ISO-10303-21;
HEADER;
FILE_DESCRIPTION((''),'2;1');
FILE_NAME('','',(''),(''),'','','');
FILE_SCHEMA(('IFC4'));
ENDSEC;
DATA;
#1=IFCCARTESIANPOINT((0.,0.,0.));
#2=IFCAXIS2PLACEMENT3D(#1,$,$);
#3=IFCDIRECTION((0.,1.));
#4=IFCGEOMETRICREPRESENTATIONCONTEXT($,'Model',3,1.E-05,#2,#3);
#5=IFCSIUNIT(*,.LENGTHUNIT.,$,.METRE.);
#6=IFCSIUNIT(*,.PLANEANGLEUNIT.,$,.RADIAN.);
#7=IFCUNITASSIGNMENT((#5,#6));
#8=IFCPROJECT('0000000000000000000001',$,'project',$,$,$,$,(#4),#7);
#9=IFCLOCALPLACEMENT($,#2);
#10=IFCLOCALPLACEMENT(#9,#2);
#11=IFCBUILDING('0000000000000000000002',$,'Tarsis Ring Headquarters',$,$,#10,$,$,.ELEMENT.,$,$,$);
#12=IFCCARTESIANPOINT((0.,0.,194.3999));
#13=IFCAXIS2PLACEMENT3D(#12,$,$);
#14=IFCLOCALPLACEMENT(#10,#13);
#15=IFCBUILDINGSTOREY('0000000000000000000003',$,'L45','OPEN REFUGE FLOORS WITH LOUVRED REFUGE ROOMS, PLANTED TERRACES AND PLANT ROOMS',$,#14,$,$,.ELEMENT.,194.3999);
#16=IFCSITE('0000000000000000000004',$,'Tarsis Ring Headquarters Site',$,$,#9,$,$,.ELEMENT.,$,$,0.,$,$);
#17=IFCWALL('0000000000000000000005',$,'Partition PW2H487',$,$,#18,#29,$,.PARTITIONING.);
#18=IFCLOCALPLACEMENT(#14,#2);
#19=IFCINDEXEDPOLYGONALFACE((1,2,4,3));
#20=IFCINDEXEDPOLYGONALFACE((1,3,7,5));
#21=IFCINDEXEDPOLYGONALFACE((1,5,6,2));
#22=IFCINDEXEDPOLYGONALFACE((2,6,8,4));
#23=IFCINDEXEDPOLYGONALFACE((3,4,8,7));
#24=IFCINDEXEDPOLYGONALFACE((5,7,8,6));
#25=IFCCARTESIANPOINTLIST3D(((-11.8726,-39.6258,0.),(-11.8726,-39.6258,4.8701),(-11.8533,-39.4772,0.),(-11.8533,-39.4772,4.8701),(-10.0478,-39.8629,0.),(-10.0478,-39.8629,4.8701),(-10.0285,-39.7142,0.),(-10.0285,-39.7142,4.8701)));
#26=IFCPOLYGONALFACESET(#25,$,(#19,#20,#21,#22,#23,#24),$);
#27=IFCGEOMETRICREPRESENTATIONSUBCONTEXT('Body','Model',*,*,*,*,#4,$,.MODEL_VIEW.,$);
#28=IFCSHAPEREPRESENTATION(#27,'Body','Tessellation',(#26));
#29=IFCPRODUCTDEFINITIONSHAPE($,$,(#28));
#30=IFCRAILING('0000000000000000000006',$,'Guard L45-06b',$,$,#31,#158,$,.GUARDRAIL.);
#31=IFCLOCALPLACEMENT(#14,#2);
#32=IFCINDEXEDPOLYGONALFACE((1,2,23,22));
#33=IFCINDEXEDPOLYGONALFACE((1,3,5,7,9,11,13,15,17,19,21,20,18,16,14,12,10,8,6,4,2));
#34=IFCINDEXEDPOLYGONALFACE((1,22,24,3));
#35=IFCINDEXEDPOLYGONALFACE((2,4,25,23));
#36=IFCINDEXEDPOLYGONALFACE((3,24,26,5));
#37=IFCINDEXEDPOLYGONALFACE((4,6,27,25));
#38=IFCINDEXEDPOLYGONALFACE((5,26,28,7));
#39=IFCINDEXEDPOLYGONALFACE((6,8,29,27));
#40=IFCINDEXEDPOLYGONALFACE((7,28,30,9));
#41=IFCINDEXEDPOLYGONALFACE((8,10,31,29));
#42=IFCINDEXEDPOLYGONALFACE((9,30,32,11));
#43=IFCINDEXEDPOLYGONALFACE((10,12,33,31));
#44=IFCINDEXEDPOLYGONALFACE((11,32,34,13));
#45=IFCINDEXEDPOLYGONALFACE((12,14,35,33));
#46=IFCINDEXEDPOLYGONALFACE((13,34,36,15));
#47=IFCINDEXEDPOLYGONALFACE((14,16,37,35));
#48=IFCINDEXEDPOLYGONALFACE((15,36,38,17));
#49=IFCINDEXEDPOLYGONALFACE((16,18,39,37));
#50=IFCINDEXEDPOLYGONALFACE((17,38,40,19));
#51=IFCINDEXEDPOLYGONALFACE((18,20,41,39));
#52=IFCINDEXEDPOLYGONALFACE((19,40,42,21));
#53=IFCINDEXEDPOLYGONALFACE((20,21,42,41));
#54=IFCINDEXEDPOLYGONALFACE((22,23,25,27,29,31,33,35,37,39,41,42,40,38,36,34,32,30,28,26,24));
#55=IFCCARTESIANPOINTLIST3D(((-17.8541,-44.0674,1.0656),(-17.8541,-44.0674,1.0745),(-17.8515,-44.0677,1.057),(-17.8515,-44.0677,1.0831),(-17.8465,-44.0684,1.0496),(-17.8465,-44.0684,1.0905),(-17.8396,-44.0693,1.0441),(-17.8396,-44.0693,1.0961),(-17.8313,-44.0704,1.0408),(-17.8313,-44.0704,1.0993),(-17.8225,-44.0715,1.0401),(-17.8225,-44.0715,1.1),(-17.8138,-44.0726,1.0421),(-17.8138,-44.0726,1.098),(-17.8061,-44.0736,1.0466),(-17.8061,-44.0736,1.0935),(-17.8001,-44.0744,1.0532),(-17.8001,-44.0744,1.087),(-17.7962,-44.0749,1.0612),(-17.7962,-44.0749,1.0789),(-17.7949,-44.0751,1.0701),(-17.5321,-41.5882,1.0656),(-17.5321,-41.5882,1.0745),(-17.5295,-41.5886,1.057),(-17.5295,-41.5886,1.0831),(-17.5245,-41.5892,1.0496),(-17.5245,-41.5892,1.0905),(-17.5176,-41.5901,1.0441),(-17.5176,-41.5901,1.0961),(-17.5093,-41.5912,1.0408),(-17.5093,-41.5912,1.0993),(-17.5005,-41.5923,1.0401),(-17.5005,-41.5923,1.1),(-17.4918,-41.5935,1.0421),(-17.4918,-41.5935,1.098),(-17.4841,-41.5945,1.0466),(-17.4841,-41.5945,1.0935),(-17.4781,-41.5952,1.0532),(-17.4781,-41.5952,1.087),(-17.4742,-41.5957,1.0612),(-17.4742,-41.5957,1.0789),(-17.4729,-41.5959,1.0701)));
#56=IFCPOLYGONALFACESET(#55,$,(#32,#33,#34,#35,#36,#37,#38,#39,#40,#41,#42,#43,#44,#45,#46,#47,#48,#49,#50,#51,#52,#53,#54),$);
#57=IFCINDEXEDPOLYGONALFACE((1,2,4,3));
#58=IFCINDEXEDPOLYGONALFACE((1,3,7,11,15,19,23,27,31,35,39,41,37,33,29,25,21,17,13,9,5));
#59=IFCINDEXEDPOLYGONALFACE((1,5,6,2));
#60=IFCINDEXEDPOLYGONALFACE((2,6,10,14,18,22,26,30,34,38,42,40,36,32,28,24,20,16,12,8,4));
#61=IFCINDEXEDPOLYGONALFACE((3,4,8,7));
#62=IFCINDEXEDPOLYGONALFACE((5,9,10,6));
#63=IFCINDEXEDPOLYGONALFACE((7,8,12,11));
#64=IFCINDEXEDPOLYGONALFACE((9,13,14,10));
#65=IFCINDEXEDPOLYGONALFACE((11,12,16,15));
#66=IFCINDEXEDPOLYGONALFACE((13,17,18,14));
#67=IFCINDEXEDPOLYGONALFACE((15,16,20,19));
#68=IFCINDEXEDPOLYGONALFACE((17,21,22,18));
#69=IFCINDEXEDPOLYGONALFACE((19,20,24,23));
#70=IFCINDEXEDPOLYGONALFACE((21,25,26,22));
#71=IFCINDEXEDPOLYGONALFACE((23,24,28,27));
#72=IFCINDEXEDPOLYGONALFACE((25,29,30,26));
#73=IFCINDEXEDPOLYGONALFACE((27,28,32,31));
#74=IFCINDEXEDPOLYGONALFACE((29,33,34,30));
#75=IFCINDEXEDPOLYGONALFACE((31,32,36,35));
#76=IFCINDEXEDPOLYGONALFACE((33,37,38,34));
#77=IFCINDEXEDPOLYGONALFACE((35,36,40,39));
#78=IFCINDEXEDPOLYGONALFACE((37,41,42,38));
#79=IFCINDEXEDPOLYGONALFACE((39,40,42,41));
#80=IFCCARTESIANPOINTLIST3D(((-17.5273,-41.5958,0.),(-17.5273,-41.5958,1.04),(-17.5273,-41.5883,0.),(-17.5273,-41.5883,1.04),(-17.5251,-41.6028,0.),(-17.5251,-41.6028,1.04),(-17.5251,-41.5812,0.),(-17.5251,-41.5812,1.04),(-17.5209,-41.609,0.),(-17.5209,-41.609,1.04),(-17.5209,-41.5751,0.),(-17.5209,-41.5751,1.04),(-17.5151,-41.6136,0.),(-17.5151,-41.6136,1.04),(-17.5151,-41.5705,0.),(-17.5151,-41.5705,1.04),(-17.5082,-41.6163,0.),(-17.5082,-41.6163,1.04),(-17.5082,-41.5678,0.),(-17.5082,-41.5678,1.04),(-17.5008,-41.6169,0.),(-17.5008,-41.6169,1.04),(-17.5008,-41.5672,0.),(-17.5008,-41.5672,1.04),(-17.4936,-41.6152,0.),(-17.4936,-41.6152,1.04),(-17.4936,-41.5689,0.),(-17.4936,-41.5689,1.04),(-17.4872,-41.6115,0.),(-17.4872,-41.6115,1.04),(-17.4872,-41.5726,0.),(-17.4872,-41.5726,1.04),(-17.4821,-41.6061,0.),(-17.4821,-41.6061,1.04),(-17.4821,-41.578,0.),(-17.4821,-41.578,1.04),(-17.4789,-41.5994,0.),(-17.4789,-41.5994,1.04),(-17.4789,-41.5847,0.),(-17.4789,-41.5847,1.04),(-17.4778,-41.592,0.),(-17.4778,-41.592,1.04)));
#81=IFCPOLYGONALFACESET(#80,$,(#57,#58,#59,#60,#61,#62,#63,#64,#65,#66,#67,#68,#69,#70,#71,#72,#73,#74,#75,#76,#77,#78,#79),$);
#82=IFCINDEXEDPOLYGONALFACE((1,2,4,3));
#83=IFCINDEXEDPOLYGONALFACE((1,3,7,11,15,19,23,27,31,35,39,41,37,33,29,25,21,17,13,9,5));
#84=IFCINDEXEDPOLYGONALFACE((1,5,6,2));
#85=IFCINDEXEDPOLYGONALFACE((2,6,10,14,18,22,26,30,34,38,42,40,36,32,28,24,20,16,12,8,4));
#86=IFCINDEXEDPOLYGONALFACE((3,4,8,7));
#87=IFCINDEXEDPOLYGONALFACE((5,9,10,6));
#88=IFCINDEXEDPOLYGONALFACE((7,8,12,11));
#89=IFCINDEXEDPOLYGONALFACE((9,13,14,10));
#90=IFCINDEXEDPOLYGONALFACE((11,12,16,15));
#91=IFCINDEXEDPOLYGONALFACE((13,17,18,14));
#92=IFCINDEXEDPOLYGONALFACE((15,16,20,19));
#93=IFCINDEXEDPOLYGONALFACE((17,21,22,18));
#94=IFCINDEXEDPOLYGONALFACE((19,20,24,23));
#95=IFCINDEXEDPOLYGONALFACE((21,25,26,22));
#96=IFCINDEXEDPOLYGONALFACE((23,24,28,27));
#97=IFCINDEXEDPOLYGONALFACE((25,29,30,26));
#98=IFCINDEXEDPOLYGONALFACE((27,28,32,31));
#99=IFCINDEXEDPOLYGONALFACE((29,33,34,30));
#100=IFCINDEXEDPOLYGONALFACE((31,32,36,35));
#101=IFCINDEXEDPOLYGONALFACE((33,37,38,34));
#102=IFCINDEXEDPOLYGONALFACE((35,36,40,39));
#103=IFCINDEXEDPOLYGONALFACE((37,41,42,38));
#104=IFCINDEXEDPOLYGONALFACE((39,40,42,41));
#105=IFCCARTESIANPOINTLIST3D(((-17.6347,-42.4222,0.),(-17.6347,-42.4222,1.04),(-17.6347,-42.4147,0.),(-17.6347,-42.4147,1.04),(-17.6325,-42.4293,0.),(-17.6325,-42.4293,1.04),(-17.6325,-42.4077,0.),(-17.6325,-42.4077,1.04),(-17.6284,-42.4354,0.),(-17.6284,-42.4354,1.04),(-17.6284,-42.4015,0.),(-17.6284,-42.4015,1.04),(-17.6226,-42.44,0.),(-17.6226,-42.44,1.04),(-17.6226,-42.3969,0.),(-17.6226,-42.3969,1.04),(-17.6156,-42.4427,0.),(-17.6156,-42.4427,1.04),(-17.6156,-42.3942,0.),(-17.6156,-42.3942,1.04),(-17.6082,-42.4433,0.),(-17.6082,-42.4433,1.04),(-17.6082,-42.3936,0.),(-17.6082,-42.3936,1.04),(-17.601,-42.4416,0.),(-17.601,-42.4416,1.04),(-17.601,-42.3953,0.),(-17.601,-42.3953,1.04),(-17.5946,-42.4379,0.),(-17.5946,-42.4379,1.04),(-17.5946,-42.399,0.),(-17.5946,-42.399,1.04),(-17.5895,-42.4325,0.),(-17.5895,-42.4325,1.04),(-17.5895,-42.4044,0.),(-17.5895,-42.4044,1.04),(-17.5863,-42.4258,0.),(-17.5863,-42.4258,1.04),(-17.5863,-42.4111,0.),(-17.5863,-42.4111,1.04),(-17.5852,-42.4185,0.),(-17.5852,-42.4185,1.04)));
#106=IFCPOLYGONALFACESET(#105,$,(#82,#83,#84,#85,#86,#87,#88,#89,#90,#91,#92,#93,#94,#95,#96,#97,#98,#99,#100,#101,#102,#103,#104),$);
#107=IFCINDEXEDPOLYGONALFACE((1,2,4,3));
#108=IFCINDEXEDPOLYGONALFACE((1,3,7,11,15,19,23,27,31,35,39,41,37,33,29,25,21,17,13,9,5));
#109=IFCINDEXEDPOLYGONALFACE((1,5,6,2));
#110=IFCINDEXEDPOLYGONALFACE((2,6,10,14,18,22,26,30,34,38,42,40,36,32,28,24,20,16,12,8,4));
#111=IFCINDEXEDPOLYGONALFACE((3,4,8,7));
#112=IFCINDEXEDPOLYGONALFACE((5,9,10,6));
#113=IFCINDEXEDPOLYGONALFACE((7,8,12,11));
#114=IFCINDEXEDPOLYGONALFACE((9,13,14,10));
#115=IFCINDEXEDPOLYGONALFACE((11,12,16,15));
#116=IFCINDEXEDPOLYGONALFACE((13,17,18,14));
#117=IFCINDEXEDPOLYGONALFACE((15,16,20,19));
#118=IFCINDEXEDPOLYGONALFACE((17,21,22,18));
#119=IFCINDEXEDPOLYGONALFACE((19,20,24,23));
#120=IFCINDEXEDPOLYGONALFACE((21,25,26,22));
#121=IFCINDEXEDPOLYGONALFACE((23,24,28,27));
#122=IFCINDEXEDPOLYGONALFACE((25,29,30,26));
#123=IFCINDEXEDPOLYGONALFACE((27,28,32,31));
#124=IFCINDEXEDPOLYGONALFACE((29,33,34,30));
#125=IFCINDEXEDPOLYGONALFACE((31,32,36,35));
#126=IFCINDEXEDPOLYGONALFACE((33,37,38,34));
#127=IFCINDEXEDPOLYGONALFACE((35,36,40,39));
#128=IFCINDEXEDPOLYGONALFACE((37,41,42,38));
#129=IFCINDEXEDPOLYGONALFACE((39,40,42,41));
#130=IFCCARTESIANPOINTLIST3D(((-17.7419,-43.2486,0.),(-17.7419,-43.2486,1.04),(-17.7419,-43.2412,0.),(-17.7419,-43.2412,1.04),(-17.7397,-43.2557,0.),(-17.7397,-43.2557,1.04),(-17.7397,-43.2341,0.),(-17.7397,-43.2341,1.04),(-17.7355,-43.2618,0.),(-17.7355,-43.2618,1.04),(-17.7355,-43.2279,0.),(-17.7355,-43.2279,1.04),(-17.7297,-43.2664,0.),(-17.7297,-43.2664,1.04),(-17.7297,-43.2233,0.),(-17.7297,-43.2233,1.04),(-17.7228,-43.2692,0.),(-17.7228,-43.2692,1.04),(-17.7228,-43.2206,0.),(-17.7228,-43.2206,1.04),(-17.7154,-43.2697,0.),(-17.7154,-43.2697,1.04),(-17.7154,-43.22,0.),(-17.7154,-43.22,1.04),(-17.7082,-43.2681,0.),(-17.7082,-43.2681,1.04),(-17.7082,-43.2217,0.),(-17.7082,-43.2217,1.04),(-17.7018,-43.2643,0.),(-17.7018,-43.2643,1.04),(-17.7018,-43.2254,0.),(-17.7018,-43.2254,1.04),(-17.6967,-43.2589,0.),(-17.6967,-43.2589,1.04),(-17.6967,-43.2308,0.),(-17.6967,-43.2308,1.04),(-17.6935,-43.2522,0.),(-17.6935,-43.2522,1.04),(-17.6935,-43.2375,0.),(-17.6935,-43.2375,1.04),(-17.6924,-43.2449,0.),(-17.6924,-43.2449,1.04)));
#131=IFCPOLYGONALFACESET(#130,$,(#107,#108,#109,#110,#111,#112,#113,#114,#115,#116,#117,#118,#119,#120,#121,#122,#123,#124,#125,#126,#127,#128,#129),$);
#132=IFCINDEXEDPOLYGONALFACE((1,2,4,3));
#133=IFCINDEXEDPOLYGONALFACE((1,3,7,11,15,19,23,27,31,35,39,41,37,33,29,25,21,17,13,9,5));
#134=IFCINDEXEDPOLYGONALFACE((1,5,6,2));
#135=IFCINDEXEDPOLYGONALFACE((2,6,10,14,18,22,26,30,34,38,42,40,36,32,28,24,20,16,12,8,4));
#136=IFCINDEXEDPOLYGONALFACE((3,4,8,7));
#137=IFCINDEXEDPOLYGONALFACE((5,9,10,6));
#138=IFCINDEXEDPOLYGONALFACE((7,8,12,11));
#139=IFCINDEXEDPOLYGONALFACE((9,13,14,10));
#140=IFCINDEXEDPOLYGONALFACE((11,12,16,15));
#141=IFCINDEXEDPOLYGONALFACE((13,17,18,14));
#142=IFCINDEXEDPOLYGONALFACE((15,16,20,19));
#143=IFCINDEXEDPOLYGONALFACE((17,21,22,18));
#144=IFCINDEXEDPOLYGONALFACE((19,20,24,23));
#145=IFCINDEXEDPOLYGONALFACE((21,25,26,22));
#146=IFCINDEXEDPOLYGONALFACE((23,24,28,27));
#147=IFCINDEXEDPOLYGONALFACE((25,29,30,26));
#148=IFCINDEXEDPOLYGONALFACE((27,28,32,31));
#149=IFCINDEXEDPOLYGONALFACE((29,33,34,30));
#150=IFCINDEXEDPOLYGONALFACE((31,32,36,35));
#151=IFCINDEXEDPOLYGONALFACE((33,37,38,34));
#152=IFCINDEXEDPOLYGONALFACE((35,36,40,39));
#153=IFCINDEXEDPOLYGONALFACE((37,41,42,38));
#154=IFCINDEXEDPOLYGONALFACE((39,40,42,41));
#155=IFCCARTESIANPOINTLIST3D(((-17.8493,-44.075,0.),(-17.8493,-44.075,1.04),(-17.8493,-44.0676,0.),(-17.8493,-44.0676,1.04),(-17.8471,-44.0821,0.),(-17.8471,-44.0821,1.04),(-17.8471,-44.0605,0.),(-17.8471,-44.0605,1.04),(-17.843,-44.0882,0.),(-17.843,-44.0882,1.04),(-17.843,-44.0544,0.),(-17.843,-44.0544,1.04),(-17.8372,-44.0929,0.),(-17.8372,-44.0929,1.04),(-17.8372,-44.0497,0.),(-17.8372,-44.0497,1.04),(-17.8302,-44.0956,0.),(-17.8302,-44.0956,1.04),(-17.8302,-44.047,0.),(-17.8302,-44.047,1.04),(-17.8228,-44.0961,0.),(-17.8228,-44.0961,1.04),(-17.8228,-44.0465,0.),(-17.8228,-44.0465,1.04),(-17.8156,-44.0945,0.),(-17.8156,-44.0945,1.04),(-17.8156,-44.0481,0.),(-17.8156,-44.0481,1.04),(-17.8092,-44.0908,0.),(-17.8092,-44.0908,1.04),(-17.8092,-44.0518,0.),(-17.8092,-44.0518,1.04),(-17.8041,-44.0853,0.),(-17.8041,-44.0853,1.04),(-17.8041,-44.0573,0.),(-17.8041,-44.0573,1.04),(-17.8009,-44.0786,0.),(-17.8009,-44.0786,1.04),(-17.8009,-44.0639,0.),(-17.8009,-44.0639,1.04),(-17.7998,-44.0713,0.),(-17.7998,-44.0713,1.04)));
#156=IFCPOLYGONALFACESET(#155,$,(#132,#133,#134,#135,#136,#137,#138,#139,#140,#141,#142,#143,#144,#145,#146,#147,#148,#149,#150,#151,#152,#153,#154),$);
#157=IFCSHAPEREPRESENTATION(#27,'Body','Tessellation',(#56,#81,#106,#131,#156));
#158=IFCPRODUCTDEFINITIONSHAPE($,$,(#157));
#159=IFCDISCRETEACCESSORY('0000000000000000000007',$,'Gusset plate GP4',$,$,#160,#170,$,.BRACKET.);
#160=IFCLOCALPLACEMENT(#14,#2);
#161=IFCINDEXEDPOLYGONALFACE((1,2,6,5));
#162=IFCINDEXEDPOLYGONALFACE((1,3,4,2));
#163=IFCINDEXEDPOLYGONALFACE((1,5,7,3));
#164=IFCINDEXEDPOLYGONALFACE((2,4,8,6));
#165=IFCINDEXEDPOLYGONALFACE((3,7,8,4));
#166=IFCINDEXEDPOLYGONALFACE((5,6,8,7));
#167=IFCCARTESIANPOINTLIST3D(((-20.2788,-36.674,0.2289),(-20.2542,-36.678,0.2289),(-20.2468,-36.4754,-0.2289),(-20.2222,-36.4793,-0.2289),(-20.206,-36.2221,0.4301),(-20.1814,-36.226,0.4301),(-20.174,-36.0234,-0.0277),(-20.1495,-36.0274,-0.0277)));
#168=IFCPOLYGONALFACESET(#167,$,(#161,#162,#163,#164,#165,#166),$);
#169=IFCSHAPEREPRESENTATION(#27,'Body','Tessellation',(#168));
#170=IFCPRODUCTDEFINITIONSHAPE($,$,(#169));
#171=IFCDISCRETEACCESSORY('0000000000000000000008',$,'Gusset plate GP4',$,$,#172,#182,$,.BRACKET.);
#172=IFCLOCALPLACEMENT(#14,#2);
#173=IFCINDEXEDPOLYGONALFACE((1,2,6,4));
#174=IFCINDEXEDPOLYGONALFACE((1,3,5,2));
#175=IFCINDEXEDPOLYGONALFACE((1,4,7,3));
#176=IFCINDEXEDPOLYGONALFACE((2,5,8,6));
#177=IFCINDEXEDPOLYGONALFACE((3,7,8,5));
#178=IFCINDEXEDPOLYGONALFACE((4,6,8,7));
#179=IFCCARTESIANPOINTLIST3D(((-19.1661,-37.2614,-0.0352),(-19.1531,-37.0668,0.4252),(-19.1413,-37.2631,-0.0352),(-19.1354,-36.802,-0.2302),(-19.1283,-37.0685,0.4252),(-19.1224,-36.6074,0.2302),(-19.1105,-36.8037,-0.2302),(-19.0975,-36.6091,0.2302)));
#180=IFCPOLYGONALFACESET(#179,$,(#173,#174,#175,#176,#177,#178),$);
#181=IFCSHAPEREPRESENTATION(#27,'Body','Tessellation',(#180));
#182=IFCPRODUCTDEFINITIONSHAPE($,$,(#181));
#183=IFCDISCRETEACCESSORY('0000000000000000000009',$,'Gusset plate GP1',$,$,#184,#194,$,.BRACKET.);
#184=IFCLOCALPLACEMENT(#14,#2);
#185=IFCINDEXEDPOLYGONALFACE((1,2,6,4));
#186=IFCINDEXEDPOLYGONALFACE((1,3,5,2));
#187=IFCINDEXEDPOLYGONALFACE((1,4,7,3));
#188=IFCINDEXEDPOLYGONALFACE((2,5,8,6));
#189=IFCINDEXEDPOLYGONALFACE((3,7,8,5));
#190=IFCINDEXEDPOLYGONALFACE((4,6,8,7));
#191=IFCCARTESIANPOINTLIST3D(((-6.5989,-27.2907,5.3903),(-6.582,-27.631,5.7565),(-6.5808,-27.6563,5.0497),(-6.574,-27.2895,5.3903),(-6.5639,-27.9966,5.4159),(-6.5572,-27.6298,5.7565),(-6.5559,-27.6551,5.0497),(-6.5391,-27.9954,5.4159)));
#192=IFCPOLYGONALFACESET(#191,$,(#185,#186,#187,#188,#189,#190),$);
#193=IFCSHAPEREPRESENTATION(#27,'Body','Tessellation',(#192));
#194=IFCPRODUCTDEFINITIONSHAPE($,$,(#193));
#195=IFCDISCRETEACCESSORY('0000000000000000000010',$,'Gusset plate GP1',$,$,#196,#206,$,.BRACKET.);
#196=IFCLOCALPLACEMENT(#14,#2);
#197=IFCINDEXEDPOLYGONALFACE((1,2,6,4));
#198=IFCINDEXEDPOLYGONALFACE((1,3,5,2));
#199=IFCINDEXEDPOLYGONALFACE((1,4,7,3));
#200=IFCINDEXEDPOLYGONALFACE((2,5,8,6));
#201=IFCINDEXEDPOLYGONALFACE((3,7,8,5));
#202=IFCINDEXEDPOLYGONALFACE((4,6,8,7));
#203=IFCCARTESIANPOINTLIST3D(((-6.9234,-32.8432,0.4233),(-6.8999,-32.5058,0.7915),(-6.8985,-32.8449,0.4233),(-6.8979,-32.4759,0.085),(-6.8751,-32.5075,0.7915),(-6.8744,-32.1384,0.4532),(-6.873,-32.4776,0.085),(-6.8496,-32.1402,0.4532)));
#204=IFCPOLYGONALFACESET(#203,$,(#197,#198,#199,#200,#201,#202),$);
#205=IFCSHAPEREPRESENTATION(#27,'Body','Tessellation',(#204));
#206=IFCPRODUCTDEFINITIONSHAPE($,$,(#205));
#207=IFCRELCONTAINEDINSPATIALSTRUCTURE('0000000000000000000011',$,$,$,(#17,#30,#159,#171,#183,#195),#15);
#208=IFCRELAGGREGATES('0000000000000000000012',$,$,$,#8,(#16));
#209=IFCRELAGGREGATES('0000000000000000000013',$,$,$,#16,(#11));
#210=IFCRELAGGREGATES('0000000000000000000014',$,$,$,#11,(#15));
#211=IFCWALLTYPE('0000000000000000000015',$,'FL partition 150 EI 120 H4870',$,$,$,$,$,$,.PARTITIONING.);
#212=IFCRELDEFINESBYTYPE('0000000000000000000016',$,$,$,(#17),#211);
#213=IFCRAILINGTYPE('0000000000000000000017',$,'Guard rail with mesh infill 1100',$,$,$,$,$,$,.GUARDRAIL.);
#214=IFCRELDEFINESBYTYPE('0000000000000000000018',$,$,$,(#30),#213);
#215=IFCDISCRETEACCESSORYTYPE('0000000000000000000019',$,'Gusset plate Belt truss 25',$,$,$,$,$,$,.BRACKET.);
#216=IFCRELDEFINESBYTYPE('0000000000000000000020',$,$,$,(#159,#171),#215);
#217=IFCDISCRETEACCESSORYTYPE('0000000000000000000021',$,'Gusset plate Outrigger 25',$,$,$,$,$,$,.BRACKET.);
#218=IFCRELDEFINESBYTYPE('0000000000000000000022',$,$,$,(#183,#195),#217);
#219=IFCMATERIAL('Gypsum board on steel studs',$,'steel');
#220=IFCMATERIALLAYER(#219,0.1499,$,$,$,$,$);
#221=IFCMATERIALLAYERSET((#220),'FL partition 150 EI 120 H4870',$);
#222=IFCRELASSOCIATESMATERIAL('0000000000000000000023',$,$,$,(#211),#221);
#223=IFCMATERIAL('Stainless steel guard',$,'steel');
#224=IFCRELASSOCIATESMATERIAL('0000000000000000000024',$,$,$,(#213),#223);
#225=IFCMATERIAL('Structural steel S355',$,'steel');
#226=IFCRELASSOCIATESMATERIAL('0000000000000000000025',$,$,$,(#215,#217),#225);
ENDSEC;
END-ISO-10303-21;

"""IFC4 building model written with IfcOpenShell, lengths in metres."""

from ifc_helpers import new_model, si_unit, direction, frame, frame_2d, origin, origin_2d, place, context, subcontext, project, spatial, rectangle, circle, extrude, material, layer, layer_set, material_profile, profile_set, type_object, element, save


model = new_model("IFC4")

# Units and contexts
model_context = context("Model", 3, precision=1e-05, world=origin(), true_north=direction((0.0, 1.0)))
body_context = subcontext(model_context, "Body", "Model", "MODEL_VIEW")
ifc_project = project(units=[si_unit("LENGTHUNIT", "METRE"), si_unit("PLANEANGLEUNIT", "RADIAN")], contexts=[model_context])

# Site, building, storey
site_placement = place(None, origin())
site = spatial("IfcSite", under=ifc_project, at=site_placement, Name="Tarsis Ring Headquarters Site", CompositionType="ELEMENT", RefElevation=0.0)
building_placement = place(site_placement, origin())
building = spatial("IfcBuilding", under=site, at=building_placement, Name="Tarsis Ring Headquarters", CompositionType="ELEMENT")
storey_placement = place(building_placement, frame((0.0, 0.0, 194.3999)))
storey = spatial("IfcBuildingStorey", under=building, at=storey_placement, Name="L45", Description="OPEN REFUGE FLOORS WITH LOUVRED REFUGE ROOMS, PLANTED TERRACES AND PLANT ROOMS", CompositionType="ELEMENT", Elevation=194.3999)

# Shared definitions
ifc_material_1 = material(Name="Structural steel S355", Category="steel")

# Shared definitions
ifc_material_2 = material(Name="Gypsum board on steel studs", Category="steel")
ifc_layer = layer(ifc_material_2, 0.1499)
ifc_layer_set = layer_set([ifc_layer], Name="FL partition 150 EI 120 H4870")
wall_type = type_object("IfcWallType", Name="FL partition 150 EI 120 H4870", PredefinedType="PARTITIONING", material=ifc_layer_set)

# Wall
wall_1_placement = place(storey_placement, frame((-11.8628, -39.5515, 0.0), z_axis=(0.0, 0.0, 1.0), x_axis=(0.991666, -0.128834, 0.0)))
element("IfcWall", 1, at=wall_1_placement, inside=storey, type_object=wall_type, Name="Partition PW2H487", PredefinedType="PARTITIONING", context=body_context, shape_type="SweptSolid", body=[
    extrude(rectangle(XDim=1.8401, YDim=0.1499, at=frame_2d((0.9199, 0.0))), origin(), (0.0, 0.0, 1.0), 4.8701),
])

# Railing
ifc_material_3 = material(Name="Stainless steel guard", Category="steel")
railing_type = type_object("IfcRailingType", Name="Guard rail with mesh infill 1100", PredefinedType="GUARDRAIL", material=ifc_material_3)
railing_placement = place(storey_placement, frame((-17.5027, -41.592, 0.0)))
element("IfcRailing", 2, at=railing_placement, inside=storey, type_object=railing_type, Name="Guard L45-06b", PredefinedType="GUARDRAIL", context=body_context, shape_type="SweptSolid", body=[
    extrude(circle(Radius=0.03, at=origin_2d()), frame((0.0, 0.0, 1.0701), z_axis=(-0.128805, -0.99167, 0.0), x_axis=(0.99167, -0.128805, 0.0)), (0.0, 0.0, 1.0), 2.5),
    extrude(circle(Radius=0.0249, at=origin_2d()), origin(), (0.0, 0.0, 1.0), 1.04),
    extrude(circle(Radius=0.0249, at=origin_2d()), frame((-0.1074, -0.8264, 0.0)), (0.0, 0.0, 1.0), 1.04),
    extrude(circle(Radius=0.0249, at=origin_2d()), frame((-0.2146, -1.6528, 0.0)), (0.0, 0.0, 1.0), 1.04),
    extrude(circle(Radius=0.0249, at=origin_2d()), frame((-0.322, -2.4792, 0.0)), (0.0, 0.0, 1.0), 1.04),
])

# Discrete accessories
ifc_material_profile_1 = material_profile(ifc_material_1, rectangle(XDim=0.0249, YDim=0.5, at=origin_2d()), Name="PL 25x500")
ifc_profile_set_1 = profile_set([ifc_material_profile_1], Name="Structural steel S355")
discrete_accessory_type_1 = type_object("IfcDiscreteAccessoryType", Name="Gusset plate Belt truss 25", PredefinedType="BRACKET", material=ifc_profile_set_1)
for number, where, z_axis, x_axis, name in (
    (3, (-20.2505, -36.5767, 0.0), (0.145513, 0.903843, 0.402359), (-0.987287, 0.158947, 0.0), "Gusset plate GP4"),
    (4, (-19.1165, -36.7056, 0.0), (-0.06151, -0.918738, 0.390049), (0.997766, -0.066801, 0.0), "Gusset plate GP4"),
):
    element("IfcDiscreteAccessory", number, at=place(storey_placement, frame(where, z_axis=z_axis, x_axis=x_axis)), inside=storey, type_object=discrete_accessory_type_1, Name=name, PredefinedType="BRACKET", context=body_context, shape_type="SweptSolid", body=[
        extrude(rectangle(XDim=0.0249, YDim=0.5, at=origin_2d()), origin(), (0.0, 0.0, 1.0), 0.5),
    ])
discrete_accessory_type_2 = type_object("IfcDiscreteAccessoryType", Name="Gusset plate Outrigger 25", PredefinedType="BRACKET", material=ifc_profile_set_1)
discrete_accessory_1_placement = place(storey_placement, frame((-6.5605, -27.8132, 5.5862), z_axis=(-0.033677, 0.680365, -0.7321), x_axis=(-0.998777, -0.049437, 0.0)))
element("IfcDiscreteAccessory", 5, at=discrete_accessory_1_placement, inside=storey, type_object=discrete_accessory_type_2, Name="Gusset plate GP1", PredefinedType="BRACKET", context=body_context, shape_type="SweptSolid", body=[
    extrude(rectangle(XDim=0.0249, YDim=0.5, at=origin_2d()), origin(), (0.0, 0.0, 1.0), 0.5002),
])
for number, where, z_axis, x_axis, name in (
    (6, (-6.8982, -32.6604, 0.2542), (0.046881, 0.674893, 0.736425), (-0.997596, 0.069298, 0.0), "Gusset plate GP1"),
):
    element("IfcDiscreteAccessory", number, at=place(storey_placement, frame(where, z_axis=z_axis, x_axis=x_axis)), inside=storey, type_object=discrete_accessory_type_2, Name=name, PredefinedType="BRACKET", context=body_context, shape_type="SweptSolid", body=[
        extrude(rectangle(XDim=0.0249, YDim=0.5, at=origin_2d()), origin(), (0.0, 0.0, 1.0), 0.5),
    ])

save(model, "model.ifc")
